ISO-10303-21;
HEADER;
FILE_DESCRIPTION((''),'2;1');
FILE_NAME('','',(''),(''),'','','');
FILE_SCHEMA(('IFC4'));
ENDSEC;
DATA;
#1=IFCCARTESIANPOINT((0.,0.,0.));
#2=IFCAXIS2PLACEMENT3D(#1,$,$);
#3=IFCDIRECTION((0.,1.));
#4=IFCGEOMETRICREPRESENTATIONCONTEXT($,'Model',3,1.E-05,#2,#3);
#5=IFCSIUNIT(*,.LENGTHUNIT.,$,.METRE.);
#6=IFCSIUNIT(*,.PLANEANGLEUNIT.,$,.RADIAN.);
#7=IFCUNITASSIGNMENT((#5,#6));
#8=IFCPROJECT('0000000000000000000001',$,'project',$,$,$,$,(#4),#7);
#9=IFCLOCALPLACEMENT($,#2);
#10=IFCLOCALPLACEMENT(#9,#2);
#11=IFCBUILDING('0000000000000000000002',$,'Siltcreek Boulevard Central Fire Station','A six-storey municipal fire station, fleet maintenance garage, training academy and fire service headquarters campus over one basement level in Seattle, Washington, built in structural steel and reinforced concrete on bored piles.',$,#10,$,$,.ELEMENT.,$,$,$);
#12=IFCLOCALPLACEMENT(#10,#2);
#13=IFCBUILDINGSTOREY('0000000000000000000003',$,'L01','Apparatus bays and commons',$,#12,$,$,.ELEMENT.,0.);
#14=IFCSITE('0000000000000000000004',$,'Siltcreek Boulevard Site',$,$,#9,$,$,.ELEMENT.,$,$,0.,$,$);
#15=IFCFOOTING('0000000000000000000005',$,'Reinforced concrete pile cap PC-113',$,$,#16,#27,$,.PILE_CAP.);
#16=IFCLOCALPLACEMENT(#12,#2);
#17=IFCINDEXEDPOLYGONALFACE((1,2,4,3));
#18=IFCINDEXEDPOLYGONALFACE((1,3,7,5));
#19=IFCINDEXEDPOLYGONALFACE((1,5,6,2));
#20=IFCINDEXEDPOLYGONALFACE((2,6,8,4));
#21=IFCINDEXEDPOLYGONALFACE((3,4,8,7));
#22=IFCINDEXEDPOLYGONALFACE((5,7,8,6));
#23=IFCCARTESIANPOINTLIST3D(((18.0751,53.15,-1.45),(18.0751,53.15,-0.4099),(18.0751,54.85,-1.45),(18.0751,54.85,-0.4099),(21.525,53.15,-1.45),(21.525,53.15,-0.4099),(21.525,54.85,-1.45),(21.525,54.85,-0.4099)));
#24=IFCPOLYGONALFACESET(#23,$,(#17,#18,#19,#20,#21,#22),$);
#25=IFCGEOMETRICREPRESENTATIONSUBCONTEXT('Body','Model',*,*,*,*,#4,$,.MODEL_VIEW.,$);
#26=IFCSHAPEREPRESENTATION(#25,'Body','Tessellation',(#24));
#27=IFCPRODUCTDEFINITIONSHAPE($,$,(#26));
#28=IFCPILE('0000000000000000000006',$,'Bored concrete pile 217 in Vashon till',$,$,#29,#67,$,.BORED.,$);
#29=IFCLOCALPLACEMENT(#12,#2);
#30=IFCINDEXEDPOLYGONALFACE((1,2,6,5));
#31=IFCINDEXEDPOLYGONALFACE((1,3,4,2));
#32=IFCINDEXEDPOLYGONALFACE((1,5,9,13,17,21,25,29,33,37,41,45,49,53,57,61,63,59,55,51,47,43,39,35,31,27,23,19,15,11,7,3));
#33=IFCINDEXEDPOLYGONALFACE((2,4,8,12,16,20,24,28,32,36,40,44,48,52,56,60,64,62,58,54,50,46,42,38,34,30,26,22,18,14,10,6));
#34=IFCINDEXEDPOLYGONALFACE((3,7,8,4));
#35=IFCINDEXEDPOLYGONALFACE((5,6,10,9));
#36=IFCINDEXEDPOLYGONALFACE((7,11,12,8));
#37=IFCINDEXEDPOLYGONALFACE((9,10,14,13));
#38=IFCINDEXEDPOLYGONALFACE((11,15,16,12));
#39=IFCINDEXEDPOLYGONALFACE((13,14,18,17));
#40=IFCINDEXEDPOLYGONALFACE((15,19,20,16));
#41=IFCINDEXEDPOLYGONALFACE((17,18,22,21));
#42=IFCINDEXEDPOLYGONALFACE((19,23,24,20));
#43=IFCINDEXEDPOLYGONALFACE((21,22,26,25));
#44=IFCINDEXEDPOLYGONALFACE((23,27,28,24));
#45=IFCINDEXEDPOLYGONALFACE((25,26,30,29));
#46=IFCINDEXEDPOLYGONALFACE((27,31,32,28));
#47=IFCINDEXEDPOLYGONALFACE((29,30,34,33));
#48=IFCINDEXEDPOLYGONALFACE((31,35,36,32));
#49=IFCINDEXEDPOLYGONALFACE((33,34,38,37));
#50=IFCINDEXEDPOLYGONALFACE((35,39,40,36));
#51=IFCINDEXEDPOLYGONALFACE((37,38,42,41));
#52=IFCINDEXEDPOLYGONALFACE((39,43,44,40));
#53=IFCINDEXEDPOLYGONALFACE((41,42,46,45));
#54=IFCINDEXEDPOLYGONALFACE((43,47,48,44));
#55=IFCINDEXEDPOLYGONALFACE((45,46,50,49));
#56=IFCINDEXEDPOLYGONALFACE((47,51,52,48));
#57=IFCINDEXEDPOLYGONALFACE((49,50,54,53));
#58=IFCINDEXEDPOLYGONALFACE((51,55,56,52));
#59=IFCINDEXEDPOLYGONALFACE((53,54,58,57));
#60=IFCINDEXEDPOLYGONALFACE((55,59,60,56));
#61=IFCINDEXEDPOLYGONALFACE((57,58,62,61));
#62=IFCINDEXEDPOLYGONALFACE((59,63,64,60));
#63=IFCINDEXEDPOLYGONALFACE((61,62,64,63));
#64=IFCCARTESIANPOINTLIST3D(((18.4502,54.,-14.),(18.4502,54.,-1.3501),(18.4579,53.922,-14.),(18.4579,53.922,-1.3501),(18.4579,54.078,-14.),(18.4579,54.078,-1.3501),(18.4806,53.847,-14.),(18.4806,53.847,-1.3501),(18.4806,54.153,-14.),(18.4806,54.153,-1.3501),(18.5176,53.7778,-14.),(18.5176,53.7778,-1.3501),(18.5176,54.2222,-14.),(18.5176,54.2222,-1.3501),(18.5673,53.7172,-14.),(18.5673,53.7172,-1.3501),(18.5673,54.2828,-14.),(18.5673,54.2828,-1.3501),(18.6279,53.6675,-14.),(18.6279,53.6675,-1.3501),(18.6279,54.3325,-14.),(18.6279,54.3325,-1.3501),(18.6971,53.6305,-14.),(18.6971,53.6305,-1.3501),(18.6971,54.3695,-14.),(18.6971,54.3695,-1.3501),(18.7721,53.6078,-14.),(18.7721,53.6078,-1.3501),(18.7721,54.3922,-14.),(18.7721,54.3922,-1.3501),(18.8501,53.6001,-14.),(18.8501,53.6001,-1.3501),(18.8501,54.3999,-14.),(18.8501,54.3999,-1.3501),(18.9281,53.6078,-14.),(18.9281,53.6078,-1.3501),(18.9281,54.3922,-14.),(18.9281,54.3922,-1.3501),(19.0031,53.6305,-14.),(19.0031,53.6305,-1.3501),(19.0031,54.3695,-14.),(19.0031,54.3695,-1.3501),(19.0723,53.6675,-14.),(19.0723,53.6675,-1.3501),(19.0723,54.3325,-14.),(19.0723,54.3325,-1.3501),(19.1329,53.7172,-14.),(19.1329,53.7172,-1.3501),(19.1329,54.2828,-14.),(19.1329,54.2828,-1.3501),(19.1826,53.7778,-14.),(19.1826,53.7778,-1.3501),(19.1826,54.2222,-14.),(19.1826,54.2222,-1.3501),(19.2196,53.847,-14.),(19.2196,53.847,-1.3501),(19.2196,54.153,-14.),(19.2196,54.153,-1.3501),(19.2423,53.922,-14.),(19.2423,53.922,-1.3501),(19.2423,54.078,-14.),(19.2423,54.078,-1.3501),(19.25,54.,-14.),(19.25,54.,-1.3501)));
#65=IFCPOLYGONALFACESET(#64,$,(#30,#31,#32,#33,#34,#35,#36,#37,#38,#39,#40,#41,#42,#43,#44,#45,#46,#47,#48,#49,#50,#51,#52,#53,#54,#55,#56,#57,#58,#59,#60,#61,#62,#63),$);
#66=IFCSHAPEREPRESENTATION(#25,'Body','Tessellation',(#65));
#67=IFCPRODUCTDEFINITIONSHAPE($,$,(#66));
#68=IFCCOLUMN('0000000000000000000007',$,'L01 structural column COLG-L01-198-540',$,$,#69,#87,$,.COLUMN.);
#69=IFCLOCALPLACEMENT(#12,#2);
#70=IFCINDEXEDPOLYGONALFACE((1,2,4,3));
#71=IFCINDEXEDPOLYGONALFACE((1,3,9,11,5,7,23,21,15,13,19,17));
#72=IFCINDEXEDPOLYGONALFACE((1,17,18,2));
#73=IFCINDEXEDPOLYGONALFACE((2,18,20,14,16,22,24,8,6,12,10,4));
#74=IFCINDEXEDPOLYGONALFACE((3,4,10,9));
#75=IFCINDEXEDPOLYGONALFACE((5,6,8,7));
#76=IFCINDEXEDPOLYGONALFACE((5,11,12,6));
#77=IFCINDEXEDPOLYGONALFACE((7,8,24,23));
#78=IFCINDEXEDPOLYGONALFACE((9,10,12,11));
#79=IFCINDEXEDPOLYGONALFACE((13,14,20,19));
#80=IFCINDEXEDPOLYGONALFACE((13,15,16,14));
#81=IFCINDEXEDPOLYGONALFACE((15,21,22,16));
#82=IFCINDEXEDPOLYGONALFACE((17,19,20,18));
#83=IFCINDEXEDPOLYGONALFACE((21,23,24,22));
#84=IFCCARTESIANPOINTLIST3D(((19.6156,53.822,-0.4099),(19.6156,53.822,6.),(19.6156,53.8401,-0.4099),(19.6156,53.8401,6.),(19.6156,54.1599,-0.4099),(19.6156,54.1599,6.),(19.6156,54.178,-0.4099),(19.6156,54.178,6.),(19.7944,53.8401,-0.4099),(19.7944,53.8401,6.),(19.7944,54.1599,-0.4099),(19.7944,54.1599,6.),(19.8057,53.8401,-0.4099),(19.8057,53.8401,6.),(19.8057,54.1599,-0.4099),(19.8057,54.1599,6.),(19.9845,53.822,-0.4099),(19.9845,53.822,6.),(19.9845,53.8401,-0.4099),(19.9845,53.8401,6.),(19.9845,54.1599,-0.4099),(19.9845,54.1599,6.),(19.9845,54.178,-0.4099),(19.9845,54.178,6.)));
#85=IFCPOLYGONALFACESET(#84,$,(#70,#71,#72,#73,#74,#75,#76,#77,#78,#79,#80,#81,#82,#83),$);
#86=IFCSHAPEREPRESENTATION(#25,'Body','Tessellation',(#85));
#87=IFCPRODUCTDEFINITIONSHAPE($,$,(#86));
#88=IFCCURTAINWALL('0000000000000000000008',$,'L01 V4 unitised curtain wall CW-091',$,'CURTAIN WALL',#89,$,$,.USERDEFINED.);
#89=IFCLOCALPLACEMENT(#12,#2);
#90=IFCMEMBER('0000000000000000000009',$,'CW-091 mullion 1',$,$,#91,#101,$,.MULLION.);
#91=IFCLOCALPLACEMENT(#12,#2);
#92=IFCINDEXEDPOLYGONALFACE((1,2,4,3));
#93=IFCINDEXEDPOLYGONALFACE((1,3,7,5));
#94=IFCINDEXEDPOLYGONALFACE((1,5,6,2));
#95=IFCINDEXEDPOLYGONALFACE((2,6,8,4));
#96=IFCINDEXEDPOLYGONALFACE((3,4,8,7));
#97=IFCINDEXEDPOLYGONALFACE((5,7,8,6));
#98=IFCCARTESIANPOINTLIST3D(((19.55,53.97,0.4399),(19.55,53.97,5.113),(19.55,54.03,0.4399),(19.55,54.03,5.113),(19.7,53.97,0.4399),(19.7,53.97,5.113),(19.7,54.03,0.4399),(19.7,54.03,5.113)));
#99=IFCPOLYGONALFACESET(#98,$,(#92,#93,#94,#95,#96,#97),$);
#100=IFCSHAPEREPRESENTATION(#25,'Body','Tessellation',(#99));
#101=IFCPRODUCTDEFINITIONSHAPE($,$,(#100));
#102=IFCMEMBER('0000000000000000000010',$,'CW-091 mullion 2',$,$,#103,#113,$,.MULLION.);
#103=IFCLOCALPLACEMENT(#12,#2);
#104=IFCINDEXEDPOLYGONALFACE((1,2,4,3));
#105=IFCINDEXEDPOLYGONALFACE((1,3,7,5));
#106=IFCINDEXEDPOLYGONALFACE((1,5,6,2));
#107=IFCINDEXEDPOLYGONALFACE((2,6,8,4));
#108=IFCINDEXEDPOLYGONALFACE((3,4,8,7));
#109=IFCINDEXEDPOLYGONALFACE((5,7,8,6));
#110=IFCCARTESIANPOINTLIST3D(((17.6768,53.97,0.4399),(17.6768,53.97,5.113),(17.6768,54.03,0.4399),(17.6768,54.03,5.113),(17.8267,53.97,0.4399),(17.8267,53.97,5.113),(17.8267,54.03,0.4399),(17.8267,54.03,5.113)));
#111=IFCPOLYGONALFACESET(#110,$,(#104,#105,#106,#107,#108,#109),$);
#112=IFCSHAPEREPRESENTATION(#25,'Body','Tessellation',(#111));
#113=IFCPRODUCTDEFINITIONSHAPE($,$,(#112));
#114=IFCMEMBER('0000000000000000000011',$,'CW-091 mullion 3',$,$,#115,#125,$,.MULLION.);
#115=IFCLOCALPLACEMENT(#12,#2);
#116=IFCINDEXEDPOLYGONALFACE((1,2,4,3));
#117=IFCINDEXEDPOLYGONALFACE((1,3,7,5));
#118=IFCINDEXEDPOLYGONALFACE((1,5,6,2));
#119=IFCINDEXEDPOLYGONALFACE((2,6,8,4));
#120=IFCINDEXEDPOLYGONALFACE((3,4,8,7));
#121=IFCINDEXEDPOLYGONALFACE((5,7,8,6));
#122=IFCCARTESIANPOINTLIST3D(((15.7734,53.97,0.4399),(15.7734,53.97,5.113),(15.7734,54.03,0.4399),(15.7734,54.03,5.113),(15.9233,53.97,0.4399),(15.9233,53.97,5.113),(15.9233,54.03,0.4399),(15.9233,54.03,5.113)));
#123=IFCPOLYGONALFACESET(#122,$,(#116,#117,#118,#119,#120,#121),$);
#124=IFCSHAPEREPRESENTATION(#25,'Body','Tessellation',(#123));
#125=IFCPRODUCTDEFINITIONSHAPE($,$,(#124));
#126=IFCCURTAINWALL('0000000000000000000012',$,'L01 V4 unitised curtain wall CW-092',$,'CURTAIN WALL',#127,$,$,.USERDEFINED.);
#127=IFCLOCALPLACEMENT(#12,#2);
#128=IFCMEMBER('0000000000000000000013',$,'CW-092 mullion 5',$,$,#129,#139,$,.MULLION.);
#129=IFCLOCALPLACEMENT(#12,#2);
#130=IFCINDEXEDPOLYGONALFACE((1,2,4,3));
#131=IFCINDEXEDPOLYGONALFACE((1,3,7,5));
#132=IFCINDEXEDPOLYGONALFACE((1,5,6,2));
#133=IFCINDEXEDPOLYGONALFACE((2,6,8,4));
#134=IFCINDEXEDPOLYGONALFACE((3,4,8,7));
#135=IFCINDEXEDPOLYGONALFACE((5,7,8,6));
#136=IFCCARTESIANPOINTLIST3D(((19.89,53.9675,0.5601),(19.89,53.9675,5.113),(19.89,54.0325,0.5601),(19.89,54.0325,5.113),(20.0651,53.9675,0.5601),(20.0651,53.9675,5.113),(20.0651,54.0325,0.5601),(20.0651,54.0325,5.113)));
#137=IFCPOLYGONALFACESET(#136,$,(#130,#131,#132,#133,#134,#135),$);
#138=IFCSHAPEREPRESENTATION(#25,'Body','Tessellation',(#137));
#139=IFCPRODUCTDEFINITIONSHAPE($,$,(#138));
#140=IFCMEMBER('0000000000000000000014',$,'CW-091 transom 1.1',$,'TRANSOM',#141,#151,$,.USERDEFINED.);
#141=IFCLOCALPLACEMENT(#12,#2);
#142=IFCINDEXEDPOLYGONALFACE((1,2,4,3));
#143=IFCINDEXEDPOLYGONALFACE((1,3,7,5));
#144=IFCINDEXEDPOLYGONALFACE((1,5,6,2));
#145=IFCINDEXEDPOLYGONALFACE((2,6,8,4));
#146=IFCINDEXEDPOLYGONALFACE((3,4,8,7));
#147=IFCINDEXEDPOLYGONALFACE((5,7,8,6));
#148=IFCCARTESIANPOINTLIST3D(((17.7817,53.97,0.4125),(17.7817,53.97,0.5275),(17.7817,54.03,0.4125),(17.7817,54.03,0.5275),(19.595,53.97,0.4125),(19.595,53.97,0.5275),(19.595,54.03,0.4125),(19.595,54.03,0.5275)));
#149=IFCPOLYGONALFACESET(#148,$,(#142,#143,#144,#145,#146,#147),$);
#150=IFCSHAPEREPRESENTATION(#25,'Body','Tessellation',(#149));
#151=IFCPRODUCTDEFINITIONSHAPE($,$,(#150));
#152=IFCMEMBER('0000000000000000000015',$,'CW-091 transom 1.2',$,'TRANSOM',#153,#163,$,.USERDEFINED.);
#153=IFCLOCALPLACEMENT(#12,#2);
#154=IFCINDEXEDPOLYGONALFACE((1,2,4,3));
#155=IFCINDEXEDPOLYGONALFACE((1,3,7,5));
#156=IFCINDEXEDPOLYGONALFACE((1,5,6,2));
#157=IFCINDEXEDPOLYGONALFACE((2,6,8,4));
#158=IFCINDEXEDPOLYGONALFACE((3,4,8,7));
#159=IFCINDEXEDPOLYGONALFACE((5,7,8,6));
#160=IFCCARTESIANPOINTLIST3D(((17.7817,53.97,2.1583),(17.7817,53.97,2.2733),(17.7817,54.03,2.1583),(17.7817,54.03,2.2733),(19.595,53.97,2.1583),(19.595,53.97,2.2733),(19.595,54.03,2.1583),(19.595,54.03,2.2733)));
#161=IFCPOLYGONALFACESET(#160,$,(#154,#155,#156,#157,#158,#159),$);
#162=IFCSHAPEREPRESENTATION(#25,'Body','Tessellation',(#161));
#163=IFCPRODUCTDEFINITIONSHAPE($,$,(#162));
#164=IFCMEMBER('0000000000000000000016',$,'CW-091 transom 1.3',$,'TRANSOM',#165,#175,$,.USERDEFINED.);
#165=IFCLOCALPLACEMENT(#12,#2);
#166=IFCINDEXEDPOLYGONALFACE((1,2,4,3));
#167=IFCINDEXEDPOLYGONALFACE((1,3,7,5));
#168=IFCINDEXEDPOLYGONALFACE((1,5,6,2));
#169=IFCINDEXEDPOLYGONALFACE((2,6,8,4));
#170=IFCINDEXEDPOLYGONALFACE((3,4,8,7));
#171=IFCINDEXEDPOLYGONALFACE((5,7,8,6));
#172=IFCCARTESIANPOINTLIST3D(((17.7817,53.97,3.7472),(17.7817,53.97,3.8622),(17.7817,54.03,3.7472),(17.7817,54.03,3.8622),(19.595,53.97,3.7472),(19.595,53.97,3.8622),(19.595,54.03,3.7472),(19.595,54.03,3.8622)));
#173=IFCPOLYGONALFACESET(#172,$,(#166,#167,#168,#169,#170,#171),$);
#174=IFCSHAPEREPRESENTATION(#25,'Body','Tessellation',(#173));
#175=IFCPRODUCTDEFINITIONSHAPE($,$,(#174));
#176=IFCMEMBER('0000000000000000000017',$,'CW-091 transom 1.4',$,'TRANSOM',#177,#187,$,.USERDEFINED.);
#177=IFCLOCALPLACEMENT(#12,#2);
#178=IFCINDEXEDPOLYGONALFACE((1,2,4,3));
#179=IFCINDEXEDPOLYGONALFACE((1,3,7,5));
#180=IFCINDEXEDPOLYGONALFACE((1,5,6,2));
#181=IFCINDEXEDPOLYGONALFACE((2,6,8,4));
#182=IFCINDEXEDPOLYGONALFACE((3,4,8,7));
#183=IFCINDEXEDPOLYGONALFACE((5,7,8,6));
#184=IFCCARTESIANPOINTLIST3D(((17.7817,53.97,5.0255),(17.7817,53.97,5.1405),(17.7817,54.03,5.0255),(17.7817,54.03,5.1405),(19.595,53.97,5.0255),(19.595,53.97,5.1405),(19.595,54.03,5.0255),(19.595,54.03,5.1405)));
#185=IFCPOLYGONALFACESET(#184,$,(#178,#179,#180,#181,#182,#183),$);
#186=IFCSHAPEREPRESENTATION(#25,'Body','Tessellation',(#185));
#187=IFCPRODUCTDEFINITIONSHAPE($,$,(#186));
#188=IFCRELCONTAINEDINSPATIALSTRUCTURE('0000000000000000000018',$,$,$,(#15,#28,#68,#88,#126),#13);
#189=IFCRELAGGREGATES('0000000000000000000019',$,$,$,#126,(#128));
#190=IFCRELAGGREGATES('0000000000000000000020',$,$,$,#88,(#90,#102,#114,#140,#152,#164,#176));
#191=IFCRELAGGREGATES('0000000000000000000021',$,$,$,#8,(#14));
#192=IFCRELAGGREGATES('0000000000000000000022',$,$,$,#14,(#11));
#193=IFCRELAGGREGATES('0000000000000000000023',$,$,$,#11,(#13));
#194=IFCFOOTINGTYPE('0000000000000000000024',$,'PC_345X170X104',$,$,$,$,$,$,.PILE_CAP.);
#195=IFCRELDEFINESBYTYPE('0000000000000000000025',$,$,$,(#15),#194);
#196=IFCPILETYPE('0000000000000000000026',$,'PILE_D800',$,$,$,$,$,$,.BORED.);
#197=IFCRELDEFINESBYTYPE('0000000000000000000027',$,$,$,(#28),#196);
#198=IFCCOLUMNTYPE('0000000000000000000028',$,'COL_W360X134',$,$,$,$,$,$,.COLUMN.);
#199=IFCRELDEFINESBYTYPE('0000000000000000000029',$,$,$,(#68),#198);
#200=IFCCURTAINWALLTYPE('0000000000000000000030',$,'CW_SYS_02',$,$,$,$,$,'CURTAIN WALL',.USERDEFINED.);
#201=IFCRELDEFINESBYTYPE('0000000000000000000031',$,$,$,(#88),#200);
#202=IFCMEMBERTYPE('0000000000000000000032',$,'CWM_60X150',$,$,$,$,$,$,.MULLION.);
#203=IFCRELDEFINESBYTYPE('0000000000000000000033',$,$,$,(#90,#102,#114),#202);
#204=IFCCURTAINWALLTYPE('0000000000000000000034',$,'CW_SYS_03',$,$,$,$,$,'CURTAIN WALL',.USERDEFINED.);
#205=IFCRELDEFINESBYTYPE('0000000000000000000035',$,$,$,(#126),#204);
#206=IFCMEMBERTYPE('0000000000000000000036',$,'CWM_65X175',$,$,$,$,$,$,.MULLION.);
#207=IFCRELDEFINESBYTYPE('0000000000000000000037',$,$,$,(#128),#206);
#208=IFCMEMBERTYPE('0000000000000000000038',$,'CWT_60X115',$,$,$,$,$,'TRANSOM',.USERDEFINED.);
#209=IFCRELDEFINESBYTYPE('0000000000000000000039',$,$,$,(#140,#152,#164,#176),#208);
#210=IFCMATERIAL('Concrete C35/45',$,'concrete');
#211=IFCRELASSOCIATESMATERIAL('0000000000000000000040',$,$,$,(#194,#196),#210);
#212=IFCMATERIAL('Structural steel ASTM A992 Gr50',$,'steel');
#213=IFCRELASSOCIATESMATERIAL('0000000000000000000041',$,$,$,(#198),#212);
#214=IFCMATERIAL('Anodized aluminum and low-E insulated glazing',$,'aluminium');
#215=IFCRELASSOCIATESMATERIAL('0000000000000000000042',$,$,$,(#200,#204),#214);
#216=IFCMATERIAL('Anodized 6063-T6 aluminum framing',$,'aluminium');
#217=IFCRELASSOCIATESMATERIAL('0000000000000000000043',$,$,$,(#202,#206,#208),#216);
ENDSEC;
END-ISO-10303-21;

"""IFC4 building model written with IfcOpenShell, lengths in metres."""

from ifc_helpers import new_model, si_unit, direction, frame, origin, origin_2d, place, context, subcontext, project, spatial, rectangle, circle, i_section, extrude, material, material_profile, profile_set, type_object, element, aggregate, save


model = new_model("IFC4")

# Units and contexts
model_context = context("Model", 3, precision=1e-05, world=origin(), true_north=direction((0.0, 1.0)))
body_context = subcontext(model_context, "Body", "Model", "MODEL_VIEW")
ifc_project = project(units=[si_unit("LENGTHUNIT", "METRE"), si_unit("PLANEANGLEUNIT", "RADIAN")], contexts=[model_context])

# Site, building, storey
site_placement = place(None, origin())
site = spatial("IfcSite", under=ifc_project, at=site_placement, Name="Siltcreek Boulevard Site", CompositionType="ELEMENT", RefElevation=0.0)
building_placement = place(site_placement, origin())
building = spatial("IfcBuilding", under=site, at=building_placement, Name="Siltcreek Boulevard Central Fire Station", Description="A six-storey municipal fire station, fleet maintenance garage, training academy and fire service headquarters campus over one basement level in Seattle, Washington, built in structural steel and reinforced concrete on bored piles.", CompositionType="ELEMENT")
storey_placement = place(building_placement, origin())
storey = spatial("IfcBuildingStorey", under=building, at=storey_placement, Name="L01", Description="Apparatus bays and commons", CompositionType="ELEMENT", Elevation=0.0)

# Footing
ifc_material_1 = material(Name="Concrete C35/45", Category="concrete")
footing_type = type_object("IfcFootingType", Name="PC_345X170X104", PredefinedType="PILE_CAP", material=ifc_material_1)
footing_placement = place(storey_placement, frame((19.8, 54.0, -1.45), z_axis=(0.0, 0.0, 1.0), x_axis=(1.0, 0.0, 0.0)))
element("IfcFooting", 1, at=footing_placement, inside=storey, type_object=footing_type, Name="Reinforced concrete pile cap PC-113", PredefinedType="PILE_CAP", context=body_context, shape_type="SweptSolid", body=[
    extrude(rectangle(XDim=3.45, YDim=1.7, at=origin_2d()), origin(), (0.0, 0.0, 1.0), 1.04),
])

# Pile
ifc_material_profile_1 = material_profile(ifc_material_1, circle(Radius=0.3999, at=origin_2d()), Name="SHAFT800")
ifc_profile_set_1 = profile_set([ifc_material_profile_1], Name="Concrete C35/45")
pile_type = type_object("IfcPileType", Name="PILE_D800", PredefinedType="BORED", material=ifc_profile_set_1)
pile_placement = place(storey_placement, frame((18.8501, 54.0, -1.3501), z_axis=(0.0, 0.0, -1.0), x_axis=(1.0, 0.0, 0.0)))
element("IfcPile", 2, at=pile_placement, inside=storey, type_object=pile_type, Name="Bored concrete pile 217 in Vashon till", PredefinedType="BORED", context=body_context, shape_type="SweptSolid", body=[
    extrude(circle(Radius=0.3999, at=origin_2d()), origin(), (0.0, 0.0, 1.0), 12.6499),
])

# Column
ifc_material_2 = material(Name="Structural steel ASTM A992 Gr50", Category="steel")
ifc_material_profile_2 = material_profile(ifc_material_2, i_section(OverallWidth=0.3689, OverallDepth=0.356, WebThickness=0.0112, FlangeThickness=0.0181, at=origin_2d()), Name="W360X134")
ifc_profile_set_2 = profile_set([ifc_material_profile_2], Name="Structural steel ASTM A992 Gr50")
column_type = type_object("IfcColumnType", Name="COL_W360X134", PredefinedType="COLUMN", material=ifc_profile_set_2)
column_placement = place(storey_placement, frame((19.8, 54.0, -0.4099), z_axis=(0.0, 0.0, 1.0), x_axis=(1.0, 0.0, 0.0)))
element("IfcColumn", 3, at=column_placement, inside=storey, type_object=column_type, Name="L01 structural column COLG-L01-198-540", PredefinedType="COLUMN", context=body_context, shape_type="SweptSolid", body=[
    extrude(i_section(OverallWidth=0.3689, OverallDepth=0.356, WebThickness=0.0112, FlangeThickness=0.0181, at=origin_2d()), origin(), (0.0, 0.0, 1.0), 6.4099),
])

# Curtain wall, members
ifc_material_3 = material(Name="Anodized aluminum and low-E insulated glazing", Category="aluminium")
curtain_wall_type_1 = type_object("IfcCurtainWallType", Name="CW_SYS_02", ElementType="CURTAIN WALL", PredefinedType="USERDEFINED", material=ifc_material_3)
curtain_wall_1_placement = place(storey_placement, origin())
curtain_wall_1 = element("IfcCurtainWall", 4, at=curtain_wall_1_placement, inside=storey, type_object=curtain_wall_type_1, Name="L01 V4 unitised curtain wall CW-091", ObjectType="CURTAIN WALL", PredefinedType="USERDEFINED")
ifc_material_4 = material(Name="Anodized 6063-T6 aluminum framing", Category="aluminium")
ifc_material_profile_3 = material_profile(ifc_material_4, rectangle(XDim=0.0601, YDim=0.1499, at=origin_2d()), Name="MULL60X150")
ifc_profile_set_3 = profile_set([ifc_material_profile_3], Name="Anodized 6063-T6 aluminum framing")
member_type_1 = type_object("IfcMemberType", Name="CWM_60X150", PredefinedType="MULLION", material=ifc_profile_set_3)
member_1_placement = place(storey_placement, frame((19.625, 54.0, 0.4399), z_axis=(0.0, 0.0, 1.0), x_axis=(0.0, -1.0, 0.0)))
member_1 = element("IfcMember", 5, at=member_1_placement, type_object=member_type_1, Name="CW-091 mullion 1", PredefinedType="MULLION", context=body_context, shape_type="SweptSolid", body=[
    extrude(rectangle(XDim=0.0601, YDim=0.1499, at=origin_2d()), origin(), (0.0, 0.0, 1.0), 4.6731),
])
member_2_placement = place(storey_placement, frame((17.7517, 54.0, 0.4399), z_axis=(0.0, 0.0, 1.0), x_axis=(0.0, -1.0, 0.0)))
member_2 = element("IfcMember", 6, at=member_2_placement, type_object=member_type_1, Name="CW-091 mullion 2", PredefinedType="MULLION", context=body_context, shape_type="SweptSolid", body=[
    extrude(rectangle(XDim=0.0601, YDim=0.1499, at=origin_2d()), origin(), (0.0, 0.0, 1.0), 4.6731),
])
member_3_placement = place(storey_placement, frame((15.8484, 54.0, 0.4399), z_axis=(0.0, 0.0, 1.0), x_axis=(0.0, -1.0, 0.0)))
member_3 = element("IfcMember", 7, at=member_3_placement, type_object=member_type_1, Name="CW-091 mullion 3", PredefinedType="MULLION", context=body_context, shape_type="SweptSolid", body=[
    extrude(rectangle(XDim=0.0601, YDim=0.1499, at=origin_2d()), origin(), (0.0, 0.0, 1.0), 4.6731),
])

# Curtain wall, member
curtain_wall_type_2 = type_object("IfcCurtainWallType", Name="CW_SYS_03", ElementType="CURTAIN WALL", PredefinedType="USERDEFINED", material=ifc_material_3)
curtain_wall_2_placement = place(storey_placement, origin())
curtain_wall_2 = element("IfcCurtainWall", 8, at=curtain_wall_2_placement, inside=storey, type_object=curtain_wall_type_2, Name="L01 V4 unitised curtain wall CW-092", ObjectType="CURTAIN WALL", PredefinedType="USERDEFINED")
ifc_material_profile_4 = material_profile(ifc_material_4, rectangle(XDim=0.0649, YDim=0.175, at=origin_2d()), Name="MULL65X175")
ifc_profile_set_4 = profile_set([ifc_material_profile_4], Name="Anodized 6063-T6 aluminum framing")
member_type_2 = type_object("IfcMemberType", Name="CWM_65X175", PredefinedType="MULLION", material=ifc_profile_set_4)
member_4_placement = place(storey_placement, frame((19.9775, 54.0, 0.5601), z_axis=(0.0, 0.0, 1.0), x_axis=(0.0, -1.0, 0.0)))
member_4 = element("IfcMember", 9, at=member_4_placement, type_object=member_type_2, Name="CW-092 mullion 5", PredefinedType="MULLION", context=body_context, shape_type="SweptSolid", body=[
    extrude(rectangle(XDim=0.0649, YDim=0.175, at=origin_2d()), origin(), (0.0, 0.0, 1.0), 4.553),
])
aggregate(curtain_wall_2, [member_4])

# Members
ifc_material_profile_5 = material_profile(ifc_material_4, rectangle(XDim=0.0601, YDim=0.115, at=origin_2d()), Name="TRAN60X115")
ifc_profile_set_5 = profile_set([ifc_material_profile_5], Name="Anodized 6063-T6 aluminum framing")
member_type_3 = type_object("IfcMemberType", Name="CWT_60X115", ElementType="TRANSOM", PredefinedType="USERDEFINED", material=ifc_profile_set_5)
member_5_placement = place(storey_placement, frame((19.595, 54.0, 0.47), z_axis=(-1.0, 0.0, 0.0), x_axis=(0.0, -1.0, 0.0)))
member_5 = element("IfcMember", 10, at=member_5_placement, type_object=member_type_3, Name="CW-091 transom 1.1", ObjectType="TRANSOM", PredefinedType="USERDEFINED", context=body_context, shape_type="SweptSolid", body=[
    extrude(rectangle(XDim=0.0601, YDim=0.115, at=origin_2d()), origin(), (0.0, 0.0, 1.0), 1.8132),
])
member_6_placement = place(storey_placement, frame((19.595, 54.0, 2.2158), z_axis=(-1.0, 0.0, 0.0), x_axis=(0.0, -1.0, 0.0)))
member_6 = element("IfcMember", 11, at=member_6_placement, type_object=member_type_3, Name="CW-091 transom 1.2", ObjectType="TRANSOM", PredefinedType="USERDEFINED", context=body_context, shape_type="SweptSolid", body=[
    extrude(rectangle(XDim=0.0601, YDim=0.115, at=origin_2d()), origin(), (0.0, 0.0, 1.0), 1.8132),
])
member_7_placement = place(storey_placement, frame((19.595, 54.0, 3.8047), z_axis=(-1.0, 0.0, 0.0), x_axis=(0.0, -1.0, 0.0)))
member_7 = element("IfcMember", 12, at=member_7_placement, type_object=member_type_3, Name="CW-091 transom 1.3", ObjectType="TRANSOM", PredefinedType="USERDEFINED", context=body_context, shape_type="SweptSolid", body=[
    extrude(rectangle(XDim=0.0601, YDim=0.115, at=origin_2d()), origin(), (0.0, 0.0, 1.0), 1.8132),
])
member_8_placement = place(storey_placement, frame((19.595, 54.0, 5.083), z_axis=(-1.0, 0.0, 0.0), x_axis=(0.0, -1.0, 0.0)))
member_8 = element("IfcMember", 13, at=member_8_placement, type_object=member_type_3, Name="CW-091 transom 1.4", ObjectType="TRANSOM", PredefinedType="USERDEFINED", context=body_context, shape_type="SweptSolid", body=[
    extrude(rectangle(XDim=0.0601, YDim=0.115, at=origin_2d()), origin(), (0.0, 0.0, 1.0), 1.8132),
])

aggregate(curtain_wall_1, [member_1, member_2, member_3, member_5, member_6, member_7, member_8])

save(model, "model.ifc")
